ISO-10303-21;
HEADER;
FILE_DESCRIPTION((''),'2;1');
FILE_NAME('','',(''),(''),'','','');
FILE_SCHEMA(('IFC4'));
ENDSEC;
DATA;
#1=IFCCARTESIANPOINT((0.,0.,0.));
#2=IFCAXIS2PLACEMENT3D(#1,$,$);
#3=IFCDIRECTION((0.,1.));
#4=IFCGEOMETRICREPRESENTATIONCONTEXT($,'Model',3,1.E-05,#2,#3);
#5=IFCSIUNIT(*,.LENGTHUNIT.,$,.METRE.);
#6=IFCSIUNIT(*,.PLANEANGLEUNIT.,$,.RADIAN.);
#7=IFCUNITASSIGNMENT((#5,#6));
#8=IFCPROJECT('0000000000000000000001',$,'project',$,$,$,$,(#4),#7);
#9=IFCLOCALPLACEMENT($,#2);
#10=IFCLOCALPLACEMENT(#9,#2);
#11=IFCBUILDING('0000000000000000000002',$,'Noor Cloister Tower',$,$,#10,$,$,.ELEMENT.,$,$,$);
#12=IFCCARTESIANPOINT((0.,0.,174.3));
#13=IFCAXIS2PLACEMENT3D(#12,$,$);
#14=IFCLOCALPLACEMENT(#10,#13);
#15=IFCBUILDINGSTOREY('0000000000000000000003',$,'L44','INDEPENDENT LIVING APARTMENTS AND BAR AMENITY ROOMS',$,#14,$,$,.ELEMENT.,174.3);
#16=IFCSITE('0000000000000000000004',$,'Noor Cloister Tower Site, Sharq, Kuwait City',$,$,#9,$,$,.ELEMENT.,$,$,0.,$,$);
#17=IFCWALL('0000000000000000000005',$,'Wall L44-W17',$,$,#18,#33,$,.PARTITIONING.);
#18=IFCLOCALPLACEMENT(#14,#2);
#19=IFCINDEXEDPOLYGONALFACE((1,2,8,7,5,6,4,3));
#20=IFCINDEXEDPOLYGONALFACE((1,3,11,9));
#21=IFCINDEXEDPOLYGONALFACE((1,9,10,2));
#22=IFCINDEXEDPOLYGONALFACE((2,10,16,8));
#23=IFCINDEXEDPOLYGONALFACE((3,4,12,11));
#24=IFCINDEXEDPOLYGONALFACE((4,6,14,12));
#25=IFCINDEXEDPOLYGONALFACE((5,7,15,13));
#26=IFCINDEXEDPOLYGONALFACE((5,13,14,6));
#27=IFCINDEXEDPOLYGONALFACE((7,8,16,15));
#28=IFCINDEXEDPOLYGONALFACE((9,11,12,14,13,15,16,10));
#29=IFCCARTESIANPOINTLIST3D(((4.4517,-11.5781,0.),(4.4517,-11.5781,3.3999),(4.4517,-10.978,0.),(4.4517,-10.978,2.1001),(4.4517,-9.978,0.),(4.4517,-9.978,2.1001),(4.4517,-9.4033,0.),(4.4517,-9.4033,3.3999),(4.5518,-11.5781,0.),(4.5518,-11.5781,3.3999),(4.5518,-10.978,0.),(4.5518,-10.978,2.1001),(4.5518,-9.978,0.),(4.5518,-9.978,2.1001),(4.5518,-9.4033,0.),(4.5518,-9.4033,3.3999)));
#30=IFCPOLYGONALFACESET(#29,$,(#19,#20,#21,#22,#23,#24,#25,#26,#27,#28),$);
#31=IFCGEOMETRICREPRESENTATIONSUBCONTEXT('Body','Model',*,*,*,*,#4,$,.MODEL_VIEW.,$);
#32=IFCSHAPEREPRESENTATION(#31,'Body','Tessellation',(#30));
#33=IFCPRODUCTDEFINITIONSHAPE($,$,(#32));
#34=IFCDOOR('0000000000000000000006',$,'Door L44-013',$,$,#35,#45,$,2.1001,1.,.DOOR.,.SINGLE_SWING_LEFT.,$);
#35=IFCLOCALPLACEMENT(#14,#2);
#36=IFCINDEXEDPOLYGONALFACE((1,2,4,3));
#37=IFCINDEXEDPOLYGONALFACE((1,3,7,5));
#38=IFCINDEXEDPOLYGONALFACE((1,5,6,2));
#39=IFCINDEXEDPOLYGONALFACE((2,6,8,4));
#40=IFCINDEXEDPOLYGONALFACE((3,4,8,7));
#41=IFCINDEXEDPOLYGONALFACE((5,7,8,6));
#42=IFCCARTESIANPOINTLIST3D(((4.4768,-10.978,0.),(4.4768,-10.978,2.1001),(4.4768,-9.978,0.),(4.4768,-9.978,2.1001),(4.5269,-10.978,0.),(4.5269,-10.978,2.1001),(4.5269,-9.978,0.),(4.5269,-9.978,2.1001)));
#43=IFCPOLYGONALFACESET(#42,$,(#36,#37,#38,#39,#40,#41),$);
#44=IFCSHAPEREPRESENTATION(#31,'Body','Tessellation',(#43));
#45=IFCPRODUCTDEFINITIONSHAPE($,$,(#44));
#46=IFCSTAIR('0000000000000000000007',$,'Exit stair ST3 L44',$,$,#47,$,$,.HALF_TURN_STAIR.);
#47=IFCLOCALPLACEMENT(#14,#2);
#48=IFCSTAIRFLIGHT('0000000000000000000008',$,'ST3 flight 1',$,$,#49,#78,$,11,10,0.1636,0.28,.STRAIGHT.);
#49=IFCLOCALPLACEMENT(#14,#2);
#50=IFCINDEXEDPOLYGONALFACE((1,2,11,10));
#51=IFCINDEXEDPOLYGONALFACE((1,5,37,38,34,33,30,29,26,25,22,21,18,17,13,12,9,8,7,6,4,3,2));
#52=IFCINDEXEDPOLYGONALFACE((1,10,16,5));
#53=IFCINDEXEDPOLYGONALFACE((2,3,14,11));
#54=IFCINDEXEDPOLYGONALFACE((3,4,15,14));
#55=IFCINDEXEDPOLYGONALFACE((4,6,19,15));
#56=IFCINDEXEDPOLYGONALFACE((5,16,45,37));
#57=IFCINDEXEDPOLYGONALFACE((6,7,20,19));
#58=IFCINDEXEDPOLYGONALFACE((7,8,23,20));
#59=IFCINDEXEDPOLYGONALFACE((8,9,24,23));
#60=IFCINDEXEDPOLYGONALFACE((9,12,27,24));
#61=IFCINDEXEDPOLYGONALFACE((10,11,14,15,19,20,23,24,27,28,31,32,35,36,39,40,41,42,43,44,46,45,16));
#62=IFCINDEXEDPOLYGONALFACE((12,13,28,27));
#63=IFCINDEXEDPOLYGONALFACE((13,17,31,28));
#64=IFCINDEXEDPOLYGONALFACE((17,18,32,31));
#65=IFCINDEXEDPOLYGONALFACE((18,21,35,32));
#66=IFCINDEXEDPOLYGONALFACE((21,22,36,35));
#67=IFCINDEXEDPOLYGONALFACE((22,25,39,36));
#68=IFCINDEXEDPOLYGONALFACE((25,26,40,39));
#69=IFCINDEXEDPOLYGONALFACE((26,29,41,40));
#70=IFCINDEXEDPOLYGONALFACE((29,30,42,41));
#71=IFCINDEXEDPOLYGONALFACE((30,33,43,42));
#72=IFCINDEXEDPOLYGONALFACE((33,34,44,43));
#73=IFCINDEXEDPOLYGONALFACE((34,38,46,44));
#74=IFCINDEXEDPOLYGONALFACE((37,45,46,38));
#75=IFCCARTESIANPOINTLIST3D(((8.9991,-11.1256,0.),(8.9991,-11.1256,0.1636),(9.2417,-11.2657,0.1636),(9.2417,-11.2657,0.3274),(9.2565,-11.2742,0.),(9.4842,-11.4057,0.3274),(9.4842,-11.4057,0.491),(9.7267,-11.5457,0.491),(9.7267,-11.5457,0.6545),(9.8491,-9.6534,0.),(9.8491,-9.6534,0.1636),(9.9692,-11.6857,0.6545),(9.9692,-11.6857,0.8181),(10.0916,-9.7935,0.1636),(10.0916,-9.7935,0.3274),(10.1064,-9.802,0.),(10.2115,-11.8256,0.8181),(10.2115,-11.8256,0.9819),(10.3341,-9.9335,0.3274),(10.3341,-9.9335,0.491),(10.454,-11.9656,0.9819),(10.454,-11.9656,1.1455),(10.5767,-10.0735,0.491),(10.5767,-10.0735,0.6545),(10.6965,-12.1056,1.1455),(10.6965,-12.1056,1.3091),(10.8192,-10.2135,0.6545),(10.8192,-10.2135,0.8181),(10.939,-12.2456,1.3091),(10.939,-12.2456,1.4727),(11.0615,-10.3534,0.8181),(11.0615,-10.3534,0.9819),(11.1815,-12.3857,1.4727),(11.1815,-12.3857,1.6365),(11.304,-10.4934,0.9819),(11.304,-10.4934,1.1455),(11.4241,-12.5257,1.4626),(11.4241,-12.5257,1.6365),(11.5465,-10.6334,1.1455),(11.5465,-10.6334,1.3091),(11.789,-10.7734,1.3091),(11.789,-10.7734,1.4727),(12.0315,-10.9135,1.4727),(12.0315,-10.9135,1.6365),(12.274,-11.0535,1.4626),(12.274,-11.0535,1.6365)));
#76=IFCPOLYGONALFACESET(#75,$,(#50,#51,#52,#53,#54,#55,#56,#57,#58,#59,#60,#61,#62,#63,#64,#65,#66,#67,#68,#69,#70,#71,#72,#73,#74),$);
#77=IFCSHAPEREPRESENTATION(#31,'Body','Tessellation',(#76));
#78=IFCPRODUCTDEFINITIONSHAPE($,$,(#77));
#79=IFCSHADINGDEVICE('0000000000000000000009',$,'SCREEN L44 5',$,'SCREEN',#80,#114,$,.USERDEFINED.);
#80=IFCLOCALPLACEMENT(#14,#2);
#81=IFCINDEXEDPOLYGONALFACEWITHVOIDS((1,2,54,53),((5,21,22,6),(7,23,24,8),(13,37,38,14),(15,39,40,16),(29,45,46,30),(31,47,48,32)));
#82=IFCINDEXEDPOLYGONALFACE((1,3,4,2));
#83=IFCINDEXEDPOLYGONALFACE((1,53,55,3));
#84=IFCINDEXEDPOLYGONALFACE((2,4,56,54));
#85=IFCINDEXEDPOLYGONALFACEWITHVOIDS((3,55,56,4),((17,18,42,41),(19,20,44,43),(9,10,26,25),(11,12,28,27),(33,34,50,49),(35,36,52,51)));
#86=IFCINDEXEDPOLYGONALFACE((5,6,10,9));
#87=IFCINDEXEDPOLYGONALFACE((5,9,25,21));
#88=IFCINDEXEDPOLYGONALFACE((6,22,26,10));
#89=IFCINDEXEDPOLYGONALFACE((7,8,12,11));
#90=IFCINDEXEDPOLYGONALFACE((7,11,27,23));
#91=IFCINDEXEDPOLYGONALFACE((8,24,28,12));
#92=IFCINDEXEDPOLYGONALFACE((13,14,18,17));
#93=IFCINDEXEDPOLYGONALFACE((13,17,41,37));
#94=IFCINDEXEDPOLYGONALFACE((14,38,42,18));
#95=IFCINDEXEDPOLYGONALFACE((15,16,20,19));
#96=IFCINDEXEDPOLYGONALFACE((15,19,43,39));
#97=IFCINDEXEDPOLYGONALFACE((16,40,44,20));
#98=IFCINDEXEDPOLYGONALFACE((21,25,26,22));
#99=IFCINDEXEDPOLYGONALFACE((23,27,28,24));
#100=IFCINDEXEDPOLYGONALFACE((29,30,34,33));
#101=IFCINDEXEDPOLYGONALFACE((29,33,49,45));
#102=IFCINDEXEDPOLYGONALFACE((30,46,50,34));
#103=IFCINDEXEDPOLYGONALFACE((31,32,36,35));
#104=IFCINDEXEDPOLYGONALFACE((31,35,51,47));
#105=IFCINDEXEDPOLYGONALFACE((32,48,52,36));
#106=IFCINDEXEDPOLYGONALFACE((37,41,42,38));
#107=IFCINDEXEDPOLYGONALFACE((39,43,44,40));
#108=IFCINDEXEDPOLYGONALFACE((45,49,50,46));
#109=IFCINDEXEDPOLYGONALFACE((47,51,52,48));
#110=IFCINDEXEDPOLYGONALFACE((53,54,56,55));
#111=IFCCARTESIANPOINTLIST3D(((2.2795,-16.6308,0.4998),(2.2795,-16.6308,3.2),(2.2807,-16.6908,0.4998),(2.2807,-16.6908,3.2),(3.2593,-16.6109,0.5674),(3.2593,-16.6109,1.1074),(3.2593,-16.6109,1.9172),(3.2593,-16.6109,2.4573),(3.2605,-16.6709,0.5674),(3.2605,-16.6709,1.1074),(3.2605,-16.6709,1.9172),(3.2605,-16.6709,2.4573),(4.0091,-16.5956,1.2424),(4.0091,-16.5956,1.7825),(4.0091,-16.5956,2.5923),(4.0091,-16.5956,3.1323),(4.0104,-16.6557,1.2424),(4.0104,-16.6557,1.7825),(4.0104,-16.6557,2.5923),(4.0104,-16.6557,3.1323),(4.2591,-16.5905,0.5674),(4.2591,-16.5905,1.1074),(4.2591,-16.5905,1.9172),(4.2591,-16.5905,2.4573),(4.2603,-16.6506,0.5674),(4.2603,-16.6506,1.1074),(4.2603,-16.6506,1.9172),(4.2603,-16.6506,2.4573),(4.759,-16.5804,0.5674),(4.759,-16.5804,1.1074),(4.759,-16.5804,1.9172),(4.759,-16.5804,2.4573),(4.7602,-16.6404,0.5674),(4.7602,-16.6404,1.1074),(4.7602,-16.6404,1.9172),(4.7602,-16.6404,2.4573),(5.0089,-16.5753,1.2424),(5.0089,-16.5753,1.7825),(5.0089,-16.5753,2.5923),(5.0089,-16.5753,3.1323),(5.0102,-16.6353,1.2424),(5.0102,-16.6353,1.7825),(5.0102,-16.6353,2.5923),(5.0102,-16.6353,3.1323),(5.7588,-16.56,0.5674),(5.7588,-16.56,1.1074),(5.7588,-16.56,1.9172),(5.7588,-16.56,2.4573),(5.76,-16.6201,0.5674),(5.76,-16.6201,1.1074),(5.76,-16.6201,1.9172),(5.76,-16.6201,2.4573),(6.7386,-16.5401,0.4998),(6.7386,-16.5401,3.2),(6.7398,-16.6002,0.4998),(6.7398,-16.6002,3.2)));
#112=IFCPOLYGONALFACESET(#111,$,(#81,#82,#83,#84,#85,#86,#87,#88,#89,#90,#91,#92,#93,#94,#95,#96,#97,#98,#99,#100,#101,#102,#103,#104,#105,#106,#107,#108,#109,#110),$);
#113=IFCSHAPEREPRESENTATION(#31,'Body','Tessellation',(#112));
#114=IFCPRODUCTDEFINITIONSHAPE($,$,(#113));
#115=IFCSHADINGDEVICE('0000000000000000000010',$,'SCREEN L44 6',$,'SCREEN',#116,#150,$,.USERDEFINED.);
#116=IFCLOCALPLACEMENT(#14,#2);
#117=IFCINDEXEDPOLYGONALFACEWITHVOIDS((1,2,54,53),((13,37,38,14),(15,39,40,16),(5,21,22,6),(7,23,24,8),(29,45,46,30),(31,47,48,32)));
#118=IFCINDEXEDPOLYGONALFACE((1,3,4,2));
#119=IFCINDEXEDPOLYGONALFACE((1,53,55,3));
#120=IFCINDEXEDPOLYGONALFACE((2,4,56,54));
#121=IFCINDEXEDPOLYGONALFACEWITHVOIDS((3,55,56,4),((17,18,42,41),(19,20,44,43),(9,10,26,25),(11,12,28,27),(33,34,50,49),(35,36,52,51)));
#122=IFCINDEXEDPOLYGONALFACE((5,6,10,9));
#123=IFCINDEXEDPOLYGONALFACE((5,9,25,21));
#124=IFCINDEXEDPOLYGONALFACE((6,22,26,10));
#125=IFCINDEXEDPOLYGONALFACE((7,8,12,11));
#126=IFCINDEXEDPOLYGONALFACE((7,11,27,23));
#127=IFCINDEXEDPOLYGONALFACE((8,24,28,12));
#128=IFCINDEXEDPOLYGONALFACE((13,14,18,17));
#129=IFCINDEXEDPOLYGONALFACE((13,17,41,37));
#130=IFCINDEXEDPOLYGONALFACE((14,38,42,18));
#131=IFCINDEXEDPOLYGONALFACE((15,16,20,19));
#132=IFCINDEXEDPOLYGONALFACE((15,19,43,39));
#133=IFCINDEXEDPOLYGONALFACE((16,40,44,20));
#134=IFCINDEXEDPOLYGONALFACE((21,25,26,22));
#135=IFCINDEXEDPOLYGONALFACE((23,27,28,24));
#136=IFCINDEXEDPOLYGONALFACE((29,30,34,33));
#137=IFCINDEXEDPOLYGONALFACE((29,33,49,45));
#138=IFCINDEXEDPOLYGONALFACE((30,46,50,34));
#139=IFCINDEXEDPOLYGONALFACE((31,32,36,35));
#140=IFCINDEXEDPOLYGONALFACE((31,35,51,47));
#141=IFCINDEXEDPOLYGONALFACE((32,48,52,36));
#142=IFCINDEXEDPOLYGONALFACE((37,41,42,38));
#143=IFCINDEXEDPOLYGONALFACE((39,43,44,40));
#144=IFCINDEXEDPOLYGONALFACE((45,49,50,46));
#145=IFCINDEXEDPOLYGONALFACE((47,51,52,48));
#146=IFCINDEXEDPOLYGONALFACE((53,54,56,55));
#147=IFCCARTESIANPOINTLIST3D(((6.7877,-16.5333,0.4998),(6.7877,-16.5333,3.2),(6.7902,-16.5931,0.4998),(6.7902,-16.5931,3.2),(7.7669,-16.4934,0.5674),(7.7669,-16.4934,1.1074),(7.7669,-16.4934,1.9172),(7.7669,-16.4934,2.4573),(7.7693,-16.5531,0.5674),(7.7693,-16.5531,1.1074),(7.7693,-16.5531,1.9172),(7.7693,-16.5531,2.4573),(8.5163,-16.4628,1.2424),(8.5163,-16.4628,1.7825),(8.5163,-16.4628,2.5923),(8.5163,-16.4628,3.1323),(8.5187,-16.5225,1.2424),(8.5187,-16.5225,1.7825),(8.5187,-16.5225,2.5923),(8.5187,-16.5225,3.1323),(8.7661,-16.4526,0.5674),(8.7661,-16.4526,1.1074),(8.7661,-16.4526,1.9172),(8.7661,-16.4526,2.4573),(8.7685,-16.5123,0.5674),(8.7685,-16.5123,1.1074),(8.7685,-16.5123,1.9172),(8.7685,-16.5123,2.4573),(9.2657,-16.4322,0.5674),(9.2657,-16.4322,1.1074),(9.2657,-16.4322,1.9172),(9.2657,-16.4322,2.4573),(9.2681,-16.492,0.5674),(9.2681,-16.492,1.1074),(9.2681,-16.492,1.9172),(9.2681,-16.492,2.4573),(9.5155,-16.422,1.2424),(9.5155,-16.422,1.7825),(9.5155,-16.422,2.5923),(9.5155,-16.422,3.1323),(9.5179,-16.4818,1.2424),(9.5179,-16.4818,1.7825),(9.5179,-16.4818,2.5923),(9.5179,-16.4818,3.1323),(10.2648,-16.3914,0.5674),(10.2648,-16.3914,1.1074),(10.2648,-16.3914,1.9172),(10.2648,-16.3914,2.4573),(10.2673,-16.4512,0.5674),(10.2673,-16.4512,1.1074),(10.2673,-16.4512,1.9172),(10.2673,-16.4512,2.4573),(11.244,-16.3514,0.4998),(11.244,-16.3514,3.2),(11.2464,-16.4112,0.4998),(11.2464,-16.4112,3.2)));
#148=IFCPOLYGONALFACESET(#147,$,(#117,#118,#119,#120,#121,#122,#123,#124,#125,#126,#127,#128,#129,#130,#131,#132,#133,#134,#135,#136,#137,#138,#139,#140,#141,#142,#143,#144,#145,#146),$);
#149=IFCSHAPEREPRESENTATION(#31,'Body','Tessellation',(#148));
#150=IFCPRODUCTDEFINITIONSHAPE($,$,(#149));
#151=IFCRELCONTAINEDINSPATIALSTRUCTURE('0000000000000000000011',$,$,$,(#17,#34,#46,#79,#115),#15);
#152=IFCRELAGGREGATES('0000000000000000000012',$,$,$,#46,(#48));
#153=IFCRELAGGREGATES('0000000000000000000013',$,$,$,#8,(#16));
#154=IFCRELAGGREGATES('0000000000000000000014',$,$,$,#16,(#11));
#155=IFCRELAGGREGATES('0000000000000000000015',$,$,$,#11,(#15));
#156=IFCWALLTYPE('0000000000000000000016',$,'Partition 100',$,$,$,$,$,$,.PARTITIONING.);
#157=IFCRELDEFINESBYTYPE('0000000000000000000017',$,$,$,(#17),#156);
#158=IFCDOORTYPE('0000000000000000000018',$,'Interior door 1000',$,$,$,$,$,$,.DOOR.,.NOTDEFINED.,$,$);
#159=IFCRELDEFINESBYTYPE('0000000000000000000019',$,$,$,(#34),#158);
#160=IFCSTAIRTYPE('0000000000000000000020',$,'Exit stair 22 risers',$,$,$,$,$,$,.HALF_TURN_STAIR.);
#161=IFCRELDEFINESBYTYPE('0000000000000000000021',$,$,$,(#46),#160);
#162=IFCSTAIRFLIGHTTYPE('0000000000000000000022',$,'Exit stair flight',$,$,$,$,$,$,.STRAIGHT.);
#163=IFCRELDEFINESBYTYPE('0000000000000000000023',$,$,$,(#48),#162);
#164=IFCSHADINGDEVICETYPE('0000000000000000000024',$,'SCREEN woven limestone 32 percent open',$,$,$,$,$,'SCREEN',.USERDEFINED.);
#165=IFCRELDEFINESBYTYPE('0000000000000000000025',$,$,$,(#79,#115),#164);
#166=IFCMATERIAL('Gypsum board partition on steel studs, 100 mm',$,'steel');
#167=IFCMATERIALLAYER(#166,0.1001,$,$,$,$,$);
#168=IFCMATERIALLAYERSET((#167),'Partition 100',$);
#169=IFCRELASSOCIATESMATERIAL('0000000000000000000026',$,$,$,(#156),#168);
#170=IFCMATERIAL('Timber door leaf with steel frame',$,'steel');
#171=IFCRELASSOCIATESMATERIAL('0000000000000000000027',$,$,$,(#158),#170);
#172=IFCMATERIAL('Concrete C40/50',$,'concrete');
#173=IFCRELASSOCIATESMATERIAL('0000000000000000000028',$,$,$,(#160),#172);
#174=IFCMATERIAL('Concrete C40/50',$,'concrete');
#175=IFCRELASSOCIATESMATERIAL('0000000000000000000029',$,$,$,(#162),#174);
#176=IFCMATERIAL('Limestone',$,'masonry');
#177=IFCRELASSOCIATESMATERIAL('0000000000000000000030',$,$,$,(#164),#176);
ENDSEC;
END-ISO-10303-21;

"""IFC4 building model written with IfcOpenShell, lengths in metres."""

from ifc_helpers import new_model, si_unit, direction, frame, frame_2d, origin, place, context, subcontext, project, spatial, polyline, rectangle, outline, extrude, material, layer, layer_set, material_profile, profile_set, type_object, element, fill, aggregate, save


model = new_model("IFC4")

# Units and contexts
model_context = context("Model", 3, precision=1e-05, world=origin(), true_north=direction((0.0, 1.0)))
body_context = subcontext(model_context, "Body", "Model", "MODEL_VIEW")
ifc_project = project(units=[si_unit("LENGTHUNIT", "METRE"), si_unit("PLANEANGLEUNIT", "RADIAN")], contexts=[model_context])

# Site, building, storey
site_placement = place(None, origin())
site = spatial("IfcSite", under=ifc_project, at=site_placement, Name="Noor Cloister Tower Site, Sharq, Kuwait City", CompositionType="ELEMENT", RefElevation=0.0)
building_placement = place(site_placement, origin())
building = spatial("IfcBuilding", under=site, at=building_placement, Name="Noor Cloister Tower", CompositionType="ELEMENT")
storey_placement = place(building_placement, frame((0.0, 0.0, 174.3)))
storey = spatial("IfcBuildingStorey", under=building, at=storey_placement, Name="L44", Description="INDEPENDENT LIVING APARTMENTS AND BAR AMENITY ROOMS", CompositionType="ELEMENT", Elevation=174.3)

# Wall, opening, door
ifc_material_1 = material(Name="Gypsum board partition on steel studs, 100 mm", Category="steel")
ifc_layer_1 = layer(ifc_material_1, 0.1001)
ifc_layer_set_1 = layer_set([ifc_layer_1], Name="Partition 100")
wall_type = type_object("IfcWallType", Name="Partition 100", PredefinedType="PARTITIONING", material=ifc_layer_set_1)
wall_placement = place(storey_placement, frame((4.5017, -11.5781, 0.0), z_axis=(0.0, 0.0, 1.0), x_axis=(0.0, 1.0, 0.0)))
wall = element("IfcWall", 1, at=wall_placement, inside=storey, type_object=wall_type, Name="Wall L44-W17", PredefinedType="PARTITIONING", context=body_context, shape_type="SweptSolid", body=[
    extrude(rectangle(XDim=2.1748, YDim=0.1001, at=frame_2d((1.0874, 0.0))), origin(), (0.0, 0.0, 1.0), 3.3999),
])
opening_placement = place(wall_placement, frame((0.6001, 0.0, 0.0)))
opening = element("IfcOpeningElement", 2, at=opening_placement, cuts=wall, PredefinedType="OPENING", context=body_context, shape_type="SweptSolid", body=[
    extrude(rectangle(XDim=1.0, YDim=2.1001, at=frame_2d((0.5, 1.05))), frame((0.0, 0.0601, 0.0), z_axis=(0.0, -1.0, 0.0), x_axis=(1.0, 0.0, 0.0)), (0.0, 0.0, 1.0), 0.1201),
])
ifc_material_2 = material(Name="Timber door leaf with steel frame", Category="steel")
door_type = type_object("IfcDoorType", Name="Interior door 1000", OperationType="NOTDEFINED", PredefinedType="DOOR", material=ifc_material_2)
door_placement = place(opening_placement, origin())
door = element("IfcDoor", 3, at=door_placement, inside=storey, type_object=door_type, Name="Door L44-013", OperationType="SINGLE_SWING_LEFT", OverallHeight=2.1001, OverallWidth=1.0, PredefinedType="DOOR", context=body_context, shape_type="SweptSolid", body=[
    extrude(rectangle(XDim=1.0, YDim=2.1001, at=frame_2d((0.5, 1.05))), frame((0.0, 0.0249, 0.0), z_axis=(0.0, -1.0, 0.0), x_axis=(1.0, 0.0, 0.0)), (0.0, 0.0, 1.0), 0.05),
])
fill(opening, door)

# Stair, stair flight
ifc_material_3 = material(Name="Concrete C40/50", Category="concrete")
stair_type = type_object("IfcStairType", Name="Exit stair 22 risers", PredefinedType="HALF_TURN_STAIR", material=ifc_material_3)
stair_placement = place(storey_placement, origin())
stair = element("IfcStair", 4, at=stair_placement, inside=storey, type_object=stair_type, Name="Exit stair ST3 L44", PredefinedType="HALF_TURN_STAIR")
ifc_material_4 = material(Name="Concrete C40/50", Category="concrete")
stair_flight_type = type_object("IfcStairFlightType", Name="Exit stair flight", PredefinedType="STRAIGHT", material=ifc_material_4)
stair_flight_placement = place(storey_placement, frame((9.4241, -10.3896, 0.0), z_axis=(0.0, 0.0, 1.0), x_axis=(0.866025, -0.5, 0.0)))
stair_flight = element("IfcStairFlight", 5, at=stair_flight_placement, type_object=stair_flight_type, Name="ST3 flight 1", NumberOfRisers=11, NumberOfTreads=10, PredefinedType="STRAIGHT", RiserHeight=0.1636, TreadLength=0.28, context=body_context, shape_type="SweptSolid", body=[
    extrude(outline(polyline([(0.0, 0.0), (0.0, 0.1636), (0.28, 0.1636), (0.28, 0.3274), (0.5601, 0.3274), (0.5601, 0.491), (0.8401, 0.491), (0.8401, 0.6545), (1.1201, 0.6545), (1.1201, 0.8181), (1.3999, 0.8181), (1.3999, 0.9819), (1.6799, 0.9819), (1.6799, 1.1455), (1.96, 1.1455), (1.96, 1.3091), (2.24, 1.3091), (2.24, 1.4727), (2.52, 1.4727), (2.52, 1.6365), (2.8, 1.6365), (2.8, 1.8), (2.8, 1.4626), (0.2971, 0.0), (0.0, 0.0)])), frame((0.0, 0.8501, 0.0), z_axis=(0.0, -1.0, 0.0), x_axis=(1.0, 0.0, 0.0)), (0.0, 0.0, 1.0), 1.7),
])
aggregate(stair, [stair_flight])

# Shading devices
ifc_material_5 = material(Name="Limestone", Category="masonry")
ifc_material_profile_1 = material_profile(ifc_material_5, outline(polyline([(-2.23, -1.3501), (2.23, -1.3501), (2.23, 1.3501), (-2.23, 1.3501), (-2.23, -1.3501)]), holes=[polyline([(-1.25, -1.2825), (-0.25, -1.2825), (-0.25, -0.7424), (-1.25, -0.7424), (-1.25, -1.2825)]), polyline([(0.25, -1.2825), (1.25, -1.2825), (1.25, -0.7424), (0.25, -0.7424), (0.25, -1.2825)]), polyline([(-0.5, -0.6074), (0.5, -0.6074), (0.5, -0.0674), (-0.5, -0.0674), (-0.5, -0.6074)]), polyline([(-1.25, 0.0674), (-0.25, 0.0674), (-0.25, 0.6074), (-1.25, 0.6074), (-1.25, 0.0674)]), polyline([(0.25, 0.0674), (1.25, 0.0674), (1.25, 0.6074), (0.25, 0.6074), (0.25, 0.0674)]), polyline([(-0.5, 0.7424), (0.5, 0.7424), (0.5, 1.2825), (-0.5, 1.2825), (-0.5, 0.7424)])]), Name="Woven screen 32 percent open")
ifc_profile_set_1 = profile_set([ifc_material_profile_1], Name="Limestone")
shading_device_type = type_object("IfcShadingDeviceType", Name="SCREEN woven limestone 32 percent open", ElementType="SCREEN", PredefinedType="USERDEFINED", material=ifc_profile_set_1)
shading_device_placement = place(storey_placement, frame((4.509, -16.5854, 1.8499), z_axis=(0.020321, -0.999794, 0.0), x_axis=(0.999794, 0.020321, 0.0)))
element("IfcShadingDevice", 6, at=shading_device_placement, inside=storey, type_object=shading_device_type, Name="SCREEN L44 5", ObjectType="SCREEN", PredefinedType="USERDEFINED", context=body_context, shape_type="SweptSolid", body=[
    extrude(outline(polyline([(-2.23, -1.3501), (2.23, -1.3501), (2.23, 1.3501), (-2.23, 1.3501), (-2.23, -1.3501)]), holes=[polyline([(-1.25, -1.2825), (-0.25, -1.2825), (-0.25, -0.7424), (-1.25, -0.7424), (-1.25, -1.2825)]), polyline([(0.25, -1.2825), (1.25, -1.2825), (1.25, -0.7424), (0.25, -0.7424), (0.25, -1.2825)]), polyline([(-0.5, -0.6074), (0.5, -0.6074), (0.5, -0.0674), (-0.5, -0.0674), (-0.5, -0.6074)]), polyline([(-1.25, 0.0674), (-0.25, 0.0674), (-0.25, 0.6074), (-1.25, 0.6074), (-1.25, 0.0674)]), polyline([(0.25, 0.0674), (1.25, 0.0674), (1.25, 0.6074), (0.25, 0.6074), (0.25, 0.0674)]), polyline([(-0.5, 0.7424), (0.5, 0.7424), (0.5, 1.2825), (-0.5, 1.2825), (-0.5, 0.7424)])]), origin(), (0.0, 0.0, 1.0), 0.0601),
])
for number, where, z_axis, x_axis, name in (
    (7, (9.0159, -16.4424, 1.8499), (0.040782, -0.999168, 0.0), (0.999168, 0.040782, 0.0), "SCREEN L44 6"),
):
    element("IfcShadingDevice", number, at=place(storey_placement, frame(where, z_axis=z_axis, x_axis=x_axis)), inside=storey, type_object=shading_device_type, Name=name, ObjectType="SCREEN", PredefinedType="USERDEFINED", context=body_context, shape_type="SweptSolid", body=[
        extrude(outline(polyline([(-2.23, -1.3501), (2.23, -1.3501), (2.23, 1.3501), (-2.23, 1.3501), (-2.23, -1.3501)]), holes=[polyline([(-1.25, -1.2825), (-0.25, -1.2825), (-0.25, -0.7424), (-1.25, -0.7424), (-1.25, -1.2825)]), polyline([(0.25, -1.2825), (1.25, -1.2825), (1.25, -0.7424), (0.25, -0.7424), (0.25, -1.2825)]), polyline([(-0.5, -0.6074), (0.5, -0.6074), (0.5, -0.0674), (-0.5, -0.0674), (-0.5, -0.6074)]), polyline([(-1.25, 0.0674), (-0.25, 0.0674), (-0.25, 0.6074), (-1.25, 0.6074), (-1.25, 0.0674)]), polyline([(0.25, 0.0674), (1.25, 0.0674), (1.25, 0.6074), (0.25, 0.6074), (0.25, 0.0674)]), polyline([(-0.5, 0.7424), (0.5, 0.7424), (0.5, 1.2825), (-0.5, 1.2825), (-0.5, 0.7424)])]), origin(), (0.0, 0.0, 1.0), 0.0598),
    ])

save(model, "model.ifc")
